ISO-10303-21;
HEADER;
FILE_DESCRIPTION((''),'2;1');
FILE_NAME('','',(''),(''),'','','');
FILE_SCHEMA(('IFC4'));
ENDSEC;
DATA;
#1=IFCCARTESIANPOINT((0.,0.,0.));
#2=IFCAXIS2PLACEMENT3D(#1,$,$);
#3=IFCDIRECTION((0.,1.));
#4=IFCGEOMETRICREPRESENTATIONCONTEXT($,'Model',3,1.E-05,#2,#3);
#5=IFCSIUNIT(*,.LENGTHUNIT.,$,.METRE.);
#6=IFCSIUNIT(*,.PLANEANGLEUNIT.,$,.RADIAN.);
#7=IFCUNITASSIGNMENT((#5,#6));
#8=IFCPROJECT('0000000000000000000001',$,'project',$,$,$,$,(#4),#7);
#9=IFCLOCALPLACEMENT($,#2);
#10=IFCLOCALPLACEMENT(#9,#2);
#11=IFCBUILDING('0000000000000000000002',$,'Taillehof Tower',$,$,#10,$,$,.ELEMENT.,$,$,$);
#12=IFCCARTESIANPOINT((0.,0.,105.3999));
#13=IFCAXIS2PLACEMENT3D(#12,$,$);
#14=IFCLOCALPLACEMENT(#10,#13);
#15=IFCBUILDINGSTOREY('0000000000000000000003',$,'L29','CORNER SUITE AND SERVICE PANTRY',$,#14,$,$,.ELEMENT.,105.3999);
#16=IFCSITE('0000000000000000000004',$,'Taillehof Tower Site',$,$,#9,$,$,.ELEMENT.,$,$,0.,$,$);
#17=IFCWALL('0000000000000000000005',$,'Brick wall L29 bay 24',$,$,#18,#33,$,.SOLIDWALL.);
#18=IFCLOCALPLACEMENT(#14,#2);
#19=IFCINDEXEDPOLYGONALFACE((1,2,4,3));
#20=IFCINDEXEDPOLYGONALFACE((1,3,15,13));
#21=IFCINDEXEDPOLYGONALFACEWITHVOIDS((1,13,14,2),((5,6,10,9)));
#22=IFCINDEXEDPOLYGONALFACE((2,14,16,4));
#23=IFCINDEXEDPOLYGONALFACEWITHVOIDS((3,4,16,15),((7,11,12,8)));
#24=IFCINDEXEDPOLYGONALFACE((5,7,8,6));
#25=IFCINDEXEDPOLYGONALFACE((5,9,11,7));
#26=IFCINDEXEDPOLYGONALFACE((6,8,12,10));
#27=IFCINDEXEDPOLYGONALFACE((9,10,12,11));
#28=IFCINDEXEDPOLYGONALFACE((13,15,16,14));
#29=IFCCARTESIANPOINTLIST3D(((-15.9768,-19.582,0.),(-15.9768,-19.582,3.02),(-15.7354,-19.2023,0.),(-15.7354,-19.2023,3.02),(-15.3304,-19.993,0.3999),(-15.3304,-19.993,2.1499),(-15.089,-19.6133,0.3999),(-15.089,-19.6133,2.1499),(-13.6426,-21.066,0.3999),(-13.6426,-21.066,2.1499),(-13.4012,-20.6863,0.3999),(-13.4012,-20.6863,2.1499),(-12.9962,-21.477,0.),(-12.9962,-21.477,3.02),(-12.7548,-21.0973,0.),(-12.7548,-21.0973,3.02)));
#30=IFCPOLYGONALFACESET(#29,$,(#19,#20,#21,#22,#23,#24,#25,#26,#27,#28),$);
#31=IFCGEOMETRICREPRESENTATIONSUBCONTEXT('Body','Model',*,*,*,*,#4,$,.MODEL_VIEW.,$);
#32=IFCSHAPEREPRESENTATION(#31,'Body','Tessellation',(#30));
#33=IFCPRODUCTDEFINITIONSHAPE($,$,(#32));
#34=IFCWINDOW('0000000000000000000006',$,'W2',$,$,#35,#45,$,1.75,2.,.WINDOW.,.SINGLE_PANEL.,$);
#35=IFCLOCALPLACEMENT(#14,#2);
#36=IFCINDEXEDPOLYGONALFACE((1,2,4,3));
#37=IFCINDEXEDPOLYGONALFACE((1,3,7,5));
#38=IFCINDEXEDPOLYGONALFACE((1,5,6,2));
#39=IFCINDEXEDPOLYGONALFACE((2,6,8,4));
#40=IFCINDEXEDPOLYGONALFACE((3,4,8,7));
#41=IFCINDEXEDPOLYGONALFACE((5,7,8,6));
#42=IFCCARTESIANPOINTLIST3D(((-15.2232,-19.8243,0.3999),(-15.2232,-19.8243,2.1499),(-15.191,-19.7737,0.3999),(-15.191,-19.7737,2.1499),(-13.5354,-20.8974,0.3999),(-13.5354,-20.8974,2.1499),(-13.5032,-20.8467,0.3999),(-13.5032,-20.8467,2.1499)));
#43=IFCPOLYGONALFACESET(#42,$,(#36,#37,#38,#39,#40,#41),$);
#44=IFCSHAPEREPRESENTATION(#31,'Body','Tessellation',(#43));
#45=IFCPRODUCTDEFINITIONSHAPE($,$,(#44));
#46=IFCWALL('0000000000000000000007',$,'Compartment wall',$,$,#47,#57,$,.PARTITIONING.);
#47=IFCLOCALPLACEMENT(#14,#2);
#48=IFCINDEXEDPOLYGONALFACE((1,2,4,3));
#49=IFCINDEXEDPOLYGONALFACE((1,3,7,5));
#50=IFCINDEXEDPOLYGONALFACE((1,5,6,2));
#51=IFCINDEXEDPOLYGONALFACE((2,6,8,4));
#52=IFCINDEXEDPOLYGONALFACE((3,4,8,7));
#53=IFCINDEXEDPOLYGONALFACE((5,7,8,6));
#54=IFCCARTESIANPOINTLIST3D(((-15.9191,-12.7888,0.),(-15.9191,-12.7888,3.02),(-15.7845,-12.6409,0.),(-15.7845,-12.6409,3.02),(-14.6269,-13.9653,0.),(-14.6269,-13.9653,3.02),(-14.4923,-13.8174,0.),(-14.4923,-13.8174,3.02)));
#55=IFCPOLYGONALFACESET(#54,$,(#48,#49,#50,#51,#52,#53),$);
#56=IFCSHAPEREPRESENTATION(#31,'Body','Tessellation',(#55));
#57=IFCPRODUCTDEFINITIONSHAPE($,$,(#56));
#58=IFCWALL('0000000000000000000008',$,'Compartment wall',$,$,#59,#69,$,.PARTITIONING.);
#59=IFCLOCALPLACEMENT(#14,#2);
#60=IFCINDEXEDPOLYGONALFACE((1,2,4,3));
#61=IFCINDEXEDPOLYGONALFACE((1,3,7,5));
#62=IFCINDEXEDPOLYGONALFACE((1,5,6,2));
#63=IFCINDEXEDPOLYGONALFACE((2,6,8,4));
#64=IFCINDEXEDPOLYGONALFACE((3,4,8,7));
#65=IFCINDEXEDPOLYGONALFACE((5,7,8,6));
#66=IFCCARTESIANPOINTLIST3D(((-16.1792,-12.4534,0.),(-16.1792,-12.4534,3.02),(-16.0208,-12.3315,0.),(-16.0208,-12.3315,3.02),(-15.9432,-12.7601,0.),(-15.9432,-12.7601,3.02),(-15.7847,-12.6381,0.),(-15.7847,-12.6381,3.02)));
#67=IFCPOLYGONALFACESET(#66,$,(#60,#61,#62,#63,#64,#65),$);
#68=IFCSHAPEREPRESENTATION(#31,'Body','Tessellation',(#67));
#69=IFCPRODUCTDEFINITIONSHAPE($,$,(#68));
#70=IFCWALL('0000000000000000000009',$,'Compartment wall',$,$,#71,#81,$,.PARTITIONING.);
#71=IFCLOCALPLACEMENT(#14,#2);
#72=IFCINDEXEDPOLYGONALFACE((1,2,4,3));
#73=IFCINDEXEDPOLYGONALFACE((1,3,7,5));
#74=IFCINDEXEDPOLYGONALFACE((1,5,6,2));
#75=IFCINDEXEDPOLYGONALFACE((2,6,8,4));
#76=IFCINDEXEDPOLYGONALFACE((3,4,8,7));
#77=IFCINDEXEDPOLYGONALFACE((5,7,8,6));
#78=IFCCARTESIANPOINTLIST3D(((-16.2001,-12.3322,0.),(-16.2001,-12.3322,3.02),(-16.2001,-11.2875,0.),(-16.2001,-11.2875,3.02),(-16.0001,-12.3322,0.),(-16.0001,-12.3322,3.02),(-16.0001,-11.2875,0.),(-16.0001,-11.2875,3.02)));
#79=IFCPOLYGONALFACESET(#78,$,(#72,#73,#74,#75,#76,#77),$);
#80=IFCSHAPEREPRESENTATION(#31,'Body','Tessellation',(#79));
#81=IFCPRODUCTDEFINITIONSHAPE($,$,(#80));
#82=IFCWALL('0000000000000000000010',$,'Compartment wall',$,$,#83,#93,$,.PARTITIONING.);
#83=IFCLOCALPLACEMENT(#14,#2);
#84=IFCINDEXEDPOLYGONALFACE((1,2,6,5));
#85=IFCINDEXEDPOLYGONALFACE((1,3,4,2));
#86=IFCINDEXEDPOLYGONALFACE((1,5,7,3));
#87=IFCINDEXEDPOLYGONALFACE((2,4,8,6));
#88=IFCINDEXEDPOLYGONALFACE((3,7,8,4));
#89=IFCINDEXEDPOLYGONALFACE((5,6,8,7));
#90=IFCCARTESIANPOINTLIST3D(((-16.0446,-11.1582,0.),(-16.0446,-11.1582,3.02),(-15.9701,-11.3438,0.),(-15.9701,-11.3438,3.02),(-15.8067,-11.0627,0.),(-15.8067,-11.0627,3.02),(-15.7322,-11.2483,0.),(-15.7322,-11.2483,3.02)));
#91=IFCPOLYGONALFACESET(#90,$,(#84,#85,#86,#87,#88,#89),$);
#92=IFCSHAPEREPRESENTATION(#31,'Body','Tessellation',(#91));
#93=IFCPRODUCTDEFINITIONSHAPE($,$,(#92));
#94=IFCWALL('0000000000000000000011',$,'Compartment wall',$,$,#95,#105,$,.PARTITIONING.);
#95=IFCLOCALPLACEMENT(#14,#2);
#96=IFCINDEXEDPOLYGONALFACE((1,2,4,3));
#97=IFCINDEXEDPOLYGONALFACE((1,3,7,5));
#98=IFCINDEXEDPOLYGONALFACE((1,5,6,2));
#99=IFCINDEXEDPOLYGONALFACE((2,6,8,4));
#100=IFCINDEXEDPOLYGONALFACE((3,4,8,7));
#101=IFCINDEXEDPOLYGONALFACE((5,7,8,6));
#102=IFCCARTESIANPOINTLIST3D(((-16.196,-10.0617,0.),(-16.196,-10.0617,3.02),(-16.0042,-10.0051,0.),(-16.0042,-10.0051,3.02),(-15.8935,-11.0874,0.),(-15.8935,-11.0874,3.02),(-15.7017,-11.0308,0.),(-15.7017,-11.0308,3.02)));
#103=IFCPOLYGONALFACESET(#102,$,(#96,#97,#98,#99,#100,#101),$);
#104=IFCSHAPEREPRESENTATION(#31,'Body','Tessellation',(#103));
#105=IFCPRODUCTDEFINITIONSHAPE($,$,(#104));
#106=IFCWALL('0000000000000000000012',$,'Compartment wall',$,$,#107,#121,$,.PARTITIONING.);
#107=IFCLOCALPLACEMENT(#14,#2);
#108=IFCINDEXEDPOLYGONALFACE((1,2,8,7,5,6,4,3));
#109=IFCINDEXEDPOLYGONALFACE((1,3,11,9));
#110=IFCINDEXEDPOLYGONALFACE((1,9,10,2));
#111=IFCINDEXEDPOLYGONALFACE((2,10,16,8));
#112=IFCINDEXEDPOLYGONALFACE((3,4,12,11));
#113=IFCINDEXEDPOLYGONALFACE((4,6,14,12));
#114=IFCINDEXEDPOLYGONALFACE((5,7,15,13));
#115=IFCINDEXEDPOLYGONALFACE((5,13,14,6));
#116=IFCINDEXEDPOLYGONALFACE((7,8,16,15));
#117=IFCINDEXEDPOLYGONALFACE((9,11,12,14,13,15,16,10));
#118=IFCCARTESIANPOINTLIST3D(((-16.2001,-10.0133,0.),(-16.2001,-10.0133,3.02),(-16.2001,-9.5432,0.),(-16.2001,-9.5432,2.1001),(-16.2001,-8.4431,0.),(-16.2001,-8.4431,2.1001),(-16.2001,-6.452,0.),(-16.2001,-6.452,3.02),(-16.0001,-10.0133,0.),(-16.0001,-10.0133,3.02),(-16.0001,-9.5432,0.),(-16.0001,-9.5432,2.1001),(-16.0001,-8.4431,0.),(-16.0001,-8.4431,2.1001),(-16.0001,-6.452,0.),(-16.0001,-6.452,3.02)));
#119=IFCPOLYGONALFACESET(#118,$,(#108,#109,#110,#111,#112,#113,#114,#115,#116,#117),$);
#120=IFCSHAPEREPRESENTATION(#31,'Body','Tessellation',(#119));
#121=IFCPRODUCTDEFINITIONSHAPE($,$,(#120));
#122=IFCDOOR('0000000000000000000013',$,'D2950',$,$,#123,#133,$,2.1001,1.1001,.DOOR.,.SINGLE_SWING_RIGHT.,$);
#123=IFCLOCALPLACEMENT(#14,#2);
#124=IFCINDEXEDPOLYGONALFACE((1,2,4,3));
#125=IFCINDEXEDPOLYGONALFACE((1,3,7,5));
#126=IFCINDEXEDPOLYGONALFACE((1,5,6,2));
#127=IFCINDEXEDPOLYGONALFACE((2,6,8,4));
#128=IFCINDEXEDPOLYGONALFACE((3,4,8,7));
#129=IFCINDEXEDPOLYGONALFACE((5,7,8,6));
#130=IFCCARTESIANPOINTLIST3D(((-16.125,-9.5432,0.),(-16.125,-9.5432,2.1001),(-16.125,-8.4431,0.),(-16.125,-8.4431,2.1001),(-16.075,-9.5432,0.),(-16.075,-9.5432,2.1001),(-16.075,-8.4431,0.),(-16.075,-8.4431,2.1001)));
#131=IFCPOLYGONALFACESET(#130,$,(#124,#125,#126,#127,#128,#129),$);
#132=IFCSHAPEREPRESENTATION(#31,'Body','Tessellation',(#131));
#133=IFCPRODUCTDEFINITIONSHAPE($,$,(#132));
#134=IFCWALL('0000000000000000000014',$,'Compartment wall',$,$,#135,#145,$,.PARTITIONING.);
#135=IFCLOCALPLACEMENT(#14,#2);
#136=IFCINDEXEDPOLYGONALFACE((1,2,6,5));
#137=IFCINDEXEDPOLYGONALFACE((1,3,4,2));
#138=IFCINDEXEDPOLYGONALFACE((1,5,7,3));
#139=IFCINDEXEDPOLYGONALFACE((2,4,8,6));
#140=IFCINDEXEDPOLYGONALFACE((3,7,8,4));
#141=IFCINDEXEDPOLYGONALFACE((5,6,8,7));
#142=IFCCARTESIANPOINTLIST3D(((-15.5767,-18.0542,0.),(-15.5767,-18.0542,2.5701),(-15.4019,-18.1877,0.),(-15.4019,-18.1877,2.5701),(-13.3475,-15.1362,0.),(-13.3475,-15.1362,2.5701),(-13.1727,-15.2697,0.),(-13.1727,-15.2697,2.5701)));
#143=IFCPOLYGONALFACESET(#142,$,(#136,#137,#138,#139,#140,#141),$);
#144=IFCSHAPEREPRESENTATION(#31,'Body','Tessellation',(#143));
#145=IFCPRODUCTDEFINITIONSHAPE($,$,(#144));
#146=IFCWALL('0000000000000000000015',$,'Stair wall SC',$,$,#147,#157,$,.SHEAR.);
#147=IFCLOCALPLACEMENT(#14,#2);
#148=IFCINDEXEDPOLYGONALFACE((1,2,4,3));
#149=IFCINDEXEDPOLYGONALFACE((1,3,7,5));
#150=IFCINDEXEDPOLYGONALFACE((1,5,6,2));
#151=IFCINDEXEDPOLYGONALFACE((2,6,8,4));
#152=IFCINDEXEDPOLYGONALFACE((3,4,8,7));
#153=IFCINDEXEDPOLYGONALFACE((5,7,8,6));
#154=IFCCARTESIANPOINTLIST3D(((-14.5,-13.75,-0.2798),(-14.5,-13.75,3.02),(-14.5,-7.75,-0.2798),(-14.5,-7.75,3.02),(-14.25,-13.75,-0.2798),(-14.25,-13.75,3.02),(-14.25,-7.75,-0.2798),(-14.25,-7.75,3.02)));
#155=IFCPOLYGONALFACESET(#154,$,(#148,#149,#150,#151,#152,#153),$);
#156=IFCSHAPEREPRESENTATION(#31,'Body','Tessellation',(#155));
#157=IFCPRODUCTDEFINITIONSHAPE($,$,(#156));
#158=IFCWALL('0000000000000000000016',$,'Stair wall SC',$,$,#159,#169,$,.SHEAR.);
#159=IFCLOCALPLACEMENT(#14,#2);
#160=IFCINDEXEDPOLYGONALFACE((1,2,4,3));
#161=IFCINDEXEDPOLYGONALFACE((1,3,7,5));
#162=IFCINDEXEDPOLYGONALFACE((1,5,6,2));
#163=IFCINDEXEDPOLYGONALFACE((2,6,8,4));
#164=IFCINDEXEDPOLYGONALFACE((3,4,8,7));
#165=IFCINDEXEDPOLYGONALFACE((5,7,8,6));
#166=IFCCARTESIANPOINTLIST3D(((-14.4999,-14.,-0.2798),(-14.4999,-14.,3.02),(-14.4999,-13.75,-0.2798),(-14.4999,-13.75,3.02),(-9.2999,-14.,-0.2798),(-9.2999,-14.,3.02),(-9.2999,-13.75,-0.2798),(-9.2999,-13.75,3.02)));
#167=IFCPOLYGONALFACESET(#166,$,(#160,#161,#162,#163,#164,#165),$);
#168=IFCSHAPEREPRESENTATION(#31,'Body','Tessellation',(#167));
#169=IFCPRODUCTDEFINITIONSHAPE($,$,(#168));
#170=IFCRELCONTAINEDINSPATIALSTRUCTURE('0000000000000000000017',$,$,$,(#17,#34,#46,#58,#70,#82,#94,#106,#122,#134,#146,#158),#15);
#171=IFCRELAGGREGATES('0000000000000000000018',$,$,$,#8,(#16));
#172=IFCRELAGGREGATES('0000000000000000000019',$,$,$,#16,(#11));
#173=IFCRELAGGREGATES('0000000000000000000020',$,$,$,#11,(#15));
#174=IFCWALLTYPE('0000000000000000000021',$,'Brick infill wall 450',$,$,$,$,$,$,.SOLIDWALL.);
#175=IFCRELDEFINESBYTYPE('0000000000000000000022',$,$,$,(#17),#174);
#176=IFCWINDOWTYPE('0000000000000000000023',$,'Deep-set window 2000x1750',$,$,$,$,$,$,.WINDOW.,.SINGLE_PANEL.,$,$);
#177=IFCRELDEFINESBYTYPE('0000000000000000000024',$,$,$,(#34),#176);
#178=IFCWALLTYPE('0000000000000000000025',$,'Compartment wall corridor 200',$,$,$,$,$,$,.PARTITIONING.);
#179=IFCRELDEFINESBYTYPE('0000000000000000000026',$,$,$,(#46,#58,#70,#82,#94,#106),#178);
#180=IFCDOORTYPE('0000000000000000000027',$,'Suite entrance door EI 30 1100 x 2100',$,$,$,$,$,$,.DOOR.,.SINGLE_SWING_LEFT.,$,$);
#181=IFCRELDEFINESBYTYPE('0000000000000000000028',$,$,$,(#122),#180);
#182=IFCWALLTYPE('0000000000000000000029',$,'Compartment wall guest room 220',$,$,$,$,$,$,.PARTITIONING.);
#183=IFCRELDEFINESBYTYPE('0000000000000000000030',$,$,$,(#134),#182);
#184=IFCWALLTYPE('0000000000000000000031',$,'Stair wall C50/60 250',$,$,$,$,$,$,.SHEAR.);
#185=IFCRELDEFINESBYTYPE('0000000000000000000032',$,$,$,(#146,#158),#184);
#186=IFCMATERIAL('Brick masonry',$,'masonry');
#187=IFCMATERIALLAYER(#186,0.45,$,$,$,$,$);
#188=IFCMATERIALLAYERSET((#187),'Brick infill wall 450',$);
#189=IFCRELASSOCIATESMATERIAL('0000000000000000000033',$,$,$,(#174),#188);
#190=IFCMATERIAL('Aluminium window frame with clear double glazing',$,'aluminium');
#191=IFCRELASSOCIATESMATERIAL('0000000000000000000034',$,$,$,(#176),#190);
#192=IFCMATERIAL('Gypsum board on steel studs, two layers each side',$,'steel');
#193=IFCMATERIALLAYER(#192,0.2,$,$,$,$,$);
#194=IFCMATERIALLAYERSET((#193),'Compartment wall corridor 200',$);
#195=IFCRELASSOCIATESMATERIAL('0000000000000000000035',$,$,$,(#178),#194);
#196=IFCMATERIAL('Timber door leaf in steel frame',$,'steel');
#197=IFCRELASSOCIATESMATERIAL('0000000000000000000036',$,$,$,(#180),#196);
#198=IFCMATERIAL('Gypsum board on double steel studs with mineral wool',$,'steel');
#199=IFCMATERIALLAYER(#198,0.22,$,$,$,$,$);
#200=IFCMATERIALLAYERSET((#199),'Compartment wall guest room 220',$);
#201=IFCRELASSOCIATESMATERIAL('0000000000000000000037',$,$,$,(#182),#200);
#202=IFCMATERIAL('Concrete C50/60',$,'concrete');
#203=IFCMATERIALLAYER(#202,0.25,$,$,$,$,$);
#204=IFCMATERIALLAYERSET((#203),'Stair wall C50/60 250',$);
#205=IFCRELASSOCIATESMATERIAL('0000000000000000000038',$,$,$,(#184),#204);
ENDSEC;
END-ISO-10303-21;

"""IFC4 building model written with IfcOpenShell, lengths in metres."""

from ifc_helpers import new_model, si_unit, direction, frame, frame_2d, origin, place, context, subcontext, project, spatial, rectangle, extrude, material, layer, layer_set, type_object, element, fill, save


model = new_model("IFC4")

# Units and contexts
model_context = context("Model", 3, precision=1e-05, world=origin(), true_north=direction((0.0, 1.0)))
body_context = subcontext(model_context, "Body", "Model", "MODEL_VIEW")
ifc_project = project(units=[si_unit("LENGTHUNIT", "METRE"), si_unit("PLANEANGLEUNIT", "RADIAN")], contexts=[model_context])

# Site, building, storey
site_placement = place(None, origin())
site = spatial("IfcSite", under=ifc_project, at=site_placement, Name="Taillehof Tower Site", CompositionType="ELEMENT", RefElevation=0.0)
building_placement = place(site_placement, origin())
building = spatial("IfcBuilding", under=site, at=building_placement, Name="Taillehof Tower", CompositionType="ELEMENT")
storey_placement = place(building_placement, frame((0.0, 0.0, 105.3999)))
storey = spatial("IfcBuildingStorey", under=building, at=storey_placement, Name="L29", Description="CORNER SUITE AND SERVICE PANTRY", CompositionType="ELEMENT", Elevation=105.3999)

# Wall, opening, window
ifc_material_1 = material(Name="Brick masonry", Category="masonry")
ifc_layer_1 = layer(ifc_material_1, 0.45)
ifc_layer_set_1 = layer_set([ifc_layer_1], Name="Brick infill wall 450")
wall_type_1 = type_object("IfcWallType", Name="Brick infill wall 450", PredefinedType="SOLIDWALL", material=ifc_layer_set_1)
ifc_material_2 = material(Name="Aluminium window frame with clear double glazing", Category="aluminium")
window_type = type_object("IfcWindowType", Name="Deep-set window 2000x1750", PartitioningType="SINGLE_PANEL", PredefinedType="WINDOW", material=ifc_material_2)
wall_1_placement = place(storey_placement, frame((-15.8562, -19.3921, 0.0), z_axis=(0.0, 0.0, 1.0), x_axis=(0.843892, -0.536513, 0.0)))
wall_1 = element("IfcWall", 1, at=wall_1_placement, inside=storey, type_object=wall_type_1, Name="Brick wall L29 bay 24", PredefinedType="SOLIDWALL", context=body_context, shape_type="SweptSolid", body=[
    extrude(rectangle(XDim=3.532, YDim=0.45, at=frame_2d((1.7661, 0.0))), origin(), (0.0, 0.0, 1.0), 3.02),
])
opening_1_placement = place(wall_1_placement, frame((0.7661, 0.0, 0.3999)))
opening_1 = element("IfcOpeningElement", 2, at=opening_1_placement, cuts=wall_1, PredefinedType="OPENING", context=body_context, shape_type="SweptSolid", body=[
    extrude(rectangle(XDim=2.0, YDim=1.75, at=frame_2d((1.0, 0.875))), frame((0.0, 0.2349, 0.0), z_axis=(0.0, -1.0, 0.0), x_axis=(1.0, 0.0, 0.0)), (0.0, 0.0, 1.0), 0.47),
])
window_1_placement = place(opening_1_placement, origin())
window_1 = element("IfcWindow", 3, at=window_1_placement, inside=storey, type_object=window_type, Name="W2", OverallHeight=1.75, OverallWidth=2.0, PartitioningType="SINGLE_PANEL", PredefinedType="WINDOW", context=body_context, shape_type="SweptSolid", body=[
    extrude(rectangle(XDim=2.0, YDim=1.75, at=frame_2d((1.0, 0.875))), frame((0.0, 0.0349, 0.0), z_axis=(0.0, -1.0, 0.0), x_axis=(1.0, 0.0, 0.0)), (0.0, 0.0, 1.0), 0.0601),
])
fill(opening_1, window_1)

# Walls
ifc_material_3 = material(Name="Gypsum board on steel studs, two layers each side", Category="steel")
ifc_layer_2 = layer(ifc_material_3, 0.2)
ifc_layer_set_2 = layer_set([ifc_layer_2], Name="Compartment wall corridor 200")
wall_type_2 = type_object("IfcWallType", Name="Compartment wall corridor 200", PredefinedType="PARTITIONING", material=ifc_layer_set_2)
wall_2_placement = place(storey_placement, frame((-14.5596, -13.8914, 0.0), z_axis=(0.0, 0.0, 1.0), x_axis=(-0.73944, 0.673222, 0.0)))
element("IfcWall", 4, at=wall_2_placement, inside=storey, type_object=wall_type_2, Name="Compartment wall", PredefinedType="PARTITIONING", context=body_context, shape_type="SweptSolid", body=[
    extrude(rectangle(XDim=1.7476, YDim=0.2, at=frame_2d((0.8738, 0.0))), origin(), (0.0, 0.0, 1.0), 3.02),
])
wall_3_placement = place(storey_placement, frame((-15.864, -12.699, 0.0), z_axis=(0.0, 0.0, 1.0), x_axis=(-0.610046, 0.792366, 0.0)))
element("IfcWall", 5, at=wall_3_placement, inside=storey, type_object=wall_type_2, Name="Compartment wall", PredefinedType="PARTITIONING", context=body_context, shape_type="SweptSolid", body=[
    extrude(rectangle(XDim=0.387, YDim=0.2, at=frame_2d((0.1934, 0.0))), origin(), (0.0, 0.0, 1.0), 3.02),
])
wall_4_placement = place(storey_placement, frame((-16.1001, -12.3323, 0.0), z_axis=(0.0, 0.0, 1.0), x_axis=(0.0, 1.0, 0.0)))
element("IfcWall", 6, at=wall_4_placement, inside=storey, type_object=wall_type_2, Name="Compartment wall", PredefinedType="PARTITIONING", context=body_context, shape_type="SweptSolid", body=[
    extrude(rectangle(XDim=1.0447, YDim=0.2, at=frame_2d((0.5225, 0.0))), origin(), (0.0, 0.0, 1.0), 3.02),
])
wall_5_placement = place(storey_placement, frame((-16.0073, -11.251, 0.0), z_axis=(0.0, 0.0, 1.0), x_axis=(0.928016, 0.37254, 0.0)))
element("IfcWall", 7, at=wall_5_placement, inside=storey, type_object=wall_type_2, Name="Compartment wall", PredefinedType="PARTITIONING", context=body_context, shape_type="SweptSolid", body=[
    extrude(rectangle(XDim=0.2563, YDim=0.2, at=frame_2d((0.1282, 0.0))), origin(), (0.0, 0.0, 1.0), 3.02),
])
wall_6_placement = place(storey_placement, frame((-15.7976, -11.0591, 0.0), z_axis=(0.0, 0.0, 1.0), x_axis=(-0.282883, 0.959154, 0.0)))
element("IfcWall", 8, at=wall_6_placement, inside=storey, type_object=wall_type_2, Name="Compartment wall", PredefinedType="PARTITIONING", context=body_context, shape_type="SweptSolid", body=[
    extrude(rectangle(XDim=1.0693, YDim=0.2, at=frame_2d((0.5347, 0.0))), origin(), (0.0, 0.0, 1.0), 3.02),
])

# Wall, opening, door
wall_7_placement = place(storey_placement, frame((-16.1001, -10.0134, 0.0), z_axis=(0.0, 0.0, 1.0), x_axis=(0.0, 1.0, 0.0)))
wall_7 = element("IfcWall", 9, at=wall_7_placement, inside=storey, type_object=wall_type_2, Name="Compartment wall", PredefinedType="PARTITIONING", context=body_context, shape_type="SweptSolid", body=[
    extrude(rectangle(XDim=3.5613, YDim=0.2, at=frame_2d((1.7808, 0.0))), origin(), (0.0, 0.0, 1.0), 3.02),
])
opening_2_placement = place(wall_7_placement, frame((0.4702, 0.0, 0.0)))
opening_2 = element("IfcOpeningElement", 10, at=opening_2_placement, cuts=wall_7, PredefinedType="OPENING", context=body_context, shape_type="SweptSolid", body=[
    extrude(rectangle(XDim=1.1001, YDim=2.1001, at=frame_2d((0.55, 1.05))), frame((0.0, 0.1099, 0.0), z_axis=(0.0, -1.0, 0.0), x_axis=(1.0, 0.0, 0.0)), (0.0, 0.0, 1.0), 0.22),
])
ifc_material_4 = material(Name="Timber door leaf in steel frame", Category="steel")
door_type = type_object("IfcDoorType", Name="Suite entrance door EI 30 1100 x 2100", OperationType="SINGLE_SWING_LEFT", PredefinedType="DOOR", material=ifc_material_4)
door_placement = place(opening_2_placement, origin())
door = element("IfcDoor", 11, at=door_placement, inside=storey, type_object=door_type, Name="D2950", OperationType="SINGLE_SWING_RIGHT", OverallHeight=2.1001, OverallWidth=1.1001, PredefinedType="DOOR", context=body_context, shape_type="SweptSolid", body=[
    extrude(rectangle(XDim=1.1001, YDim=2.1001, at=frame_2d((0.55, 1.05))), frame((0.0, 0.0249, 0.0), z_axis=(0.0, -1.0, 0.0), x_axis=(1.0, 0.0, 0.0)), (0.0, 0.0, 1.0), 0.05),
])
fill(opening_2, door)

# Walls
ifc_material_5 = material(Name="Gypsum board on double steel studs with mineral wool", Category="steel")
ifc_layer_3 = layer(ifc_material_5, 0.22)
ifc_layer_set_3 = layer_set([ifc_layer_3], Name="Compartment wall guest room 220")
wall_type_3 = type_object("IfcWallType", Name="Compartment wall guest room 220", PredefinedType="PARTITIONING", material=ifc_layer_set_3)
wall_8_placement = place(storey_placement, frame((-15.4893, -18.1208, 0.0), z_axis=(0.0, 0.0, 1.0), x_axis=(0.607082, 0.794639, 0.0)))
element("IfcWall", 12, at=wall_8_placement, inside=storey, type_object=wall_type_3, Name="Compartment wall", PredefinedType="PARTITIONING", context=body_context, shape_type="SweptSolid", body=[
    extrude(rectangle(XDim=3.6721, YDim=0.22, at=frame_2d((1.8359, 0.0))), origin(), (0.0, 0.0, 1.0), 2.5701),
])
ifc_material_6 = material(Name="Concrete C50/60", Category="concrete")
ifc_layer_4 = layer(ifc_material_6, 0.25)
ifc_layer_set_4 = layer_set([ifc_layer_4], Name="Stair wall C50/60 250")
wall_type_4 = type_object("IfcWallType", Name="Stair wall C50/60 250", PredefinedType="SHEAR", material=ifc_layer_set_4)
wall_9_placement = place(storey_placement, frame((-14.375, -13.75, -0.2798), z_axis=(0.0, 0.0, 1.0), x_axis=(0.0, 1.0, 0.0)))
element("IfcWall", 13, at=wall_9_placement, inside=storey, type_object=wall_type_4, Name="Stair wall SC", PredefinedType="SHEAR", context=body_context, shape_type="SweptSolid", body=[
    extrude(rectangle(XDim=6.0, YDim=0.25, at=frame_2d((3.0, 0.0))), origin(), (0.0, 0.0, 1.0), 3.2998),
])
wall_10_placement = place(storey_placement, frame((-14.5, -13.875, -0.2798), z_axis=(0.0, 0.0, 1.0), x_axis=(1.0, 0.0, 0.0)))
element("IfcWall", 14, at=wall_10_placement, inside=storey, type_object=wall_type_4, Name="Stair wall SC", PredefinedType="SHEAR", context=body_context, shape_type="SweptSolid", body=[
    extrude(rectangle(XDim=5.2, YDim=0.25, at=frame_2d((2.6001, 0.0))), origin(), (0.0, 0.0, 1.0), 3.2998),
])

save(model, "model.ifc")
